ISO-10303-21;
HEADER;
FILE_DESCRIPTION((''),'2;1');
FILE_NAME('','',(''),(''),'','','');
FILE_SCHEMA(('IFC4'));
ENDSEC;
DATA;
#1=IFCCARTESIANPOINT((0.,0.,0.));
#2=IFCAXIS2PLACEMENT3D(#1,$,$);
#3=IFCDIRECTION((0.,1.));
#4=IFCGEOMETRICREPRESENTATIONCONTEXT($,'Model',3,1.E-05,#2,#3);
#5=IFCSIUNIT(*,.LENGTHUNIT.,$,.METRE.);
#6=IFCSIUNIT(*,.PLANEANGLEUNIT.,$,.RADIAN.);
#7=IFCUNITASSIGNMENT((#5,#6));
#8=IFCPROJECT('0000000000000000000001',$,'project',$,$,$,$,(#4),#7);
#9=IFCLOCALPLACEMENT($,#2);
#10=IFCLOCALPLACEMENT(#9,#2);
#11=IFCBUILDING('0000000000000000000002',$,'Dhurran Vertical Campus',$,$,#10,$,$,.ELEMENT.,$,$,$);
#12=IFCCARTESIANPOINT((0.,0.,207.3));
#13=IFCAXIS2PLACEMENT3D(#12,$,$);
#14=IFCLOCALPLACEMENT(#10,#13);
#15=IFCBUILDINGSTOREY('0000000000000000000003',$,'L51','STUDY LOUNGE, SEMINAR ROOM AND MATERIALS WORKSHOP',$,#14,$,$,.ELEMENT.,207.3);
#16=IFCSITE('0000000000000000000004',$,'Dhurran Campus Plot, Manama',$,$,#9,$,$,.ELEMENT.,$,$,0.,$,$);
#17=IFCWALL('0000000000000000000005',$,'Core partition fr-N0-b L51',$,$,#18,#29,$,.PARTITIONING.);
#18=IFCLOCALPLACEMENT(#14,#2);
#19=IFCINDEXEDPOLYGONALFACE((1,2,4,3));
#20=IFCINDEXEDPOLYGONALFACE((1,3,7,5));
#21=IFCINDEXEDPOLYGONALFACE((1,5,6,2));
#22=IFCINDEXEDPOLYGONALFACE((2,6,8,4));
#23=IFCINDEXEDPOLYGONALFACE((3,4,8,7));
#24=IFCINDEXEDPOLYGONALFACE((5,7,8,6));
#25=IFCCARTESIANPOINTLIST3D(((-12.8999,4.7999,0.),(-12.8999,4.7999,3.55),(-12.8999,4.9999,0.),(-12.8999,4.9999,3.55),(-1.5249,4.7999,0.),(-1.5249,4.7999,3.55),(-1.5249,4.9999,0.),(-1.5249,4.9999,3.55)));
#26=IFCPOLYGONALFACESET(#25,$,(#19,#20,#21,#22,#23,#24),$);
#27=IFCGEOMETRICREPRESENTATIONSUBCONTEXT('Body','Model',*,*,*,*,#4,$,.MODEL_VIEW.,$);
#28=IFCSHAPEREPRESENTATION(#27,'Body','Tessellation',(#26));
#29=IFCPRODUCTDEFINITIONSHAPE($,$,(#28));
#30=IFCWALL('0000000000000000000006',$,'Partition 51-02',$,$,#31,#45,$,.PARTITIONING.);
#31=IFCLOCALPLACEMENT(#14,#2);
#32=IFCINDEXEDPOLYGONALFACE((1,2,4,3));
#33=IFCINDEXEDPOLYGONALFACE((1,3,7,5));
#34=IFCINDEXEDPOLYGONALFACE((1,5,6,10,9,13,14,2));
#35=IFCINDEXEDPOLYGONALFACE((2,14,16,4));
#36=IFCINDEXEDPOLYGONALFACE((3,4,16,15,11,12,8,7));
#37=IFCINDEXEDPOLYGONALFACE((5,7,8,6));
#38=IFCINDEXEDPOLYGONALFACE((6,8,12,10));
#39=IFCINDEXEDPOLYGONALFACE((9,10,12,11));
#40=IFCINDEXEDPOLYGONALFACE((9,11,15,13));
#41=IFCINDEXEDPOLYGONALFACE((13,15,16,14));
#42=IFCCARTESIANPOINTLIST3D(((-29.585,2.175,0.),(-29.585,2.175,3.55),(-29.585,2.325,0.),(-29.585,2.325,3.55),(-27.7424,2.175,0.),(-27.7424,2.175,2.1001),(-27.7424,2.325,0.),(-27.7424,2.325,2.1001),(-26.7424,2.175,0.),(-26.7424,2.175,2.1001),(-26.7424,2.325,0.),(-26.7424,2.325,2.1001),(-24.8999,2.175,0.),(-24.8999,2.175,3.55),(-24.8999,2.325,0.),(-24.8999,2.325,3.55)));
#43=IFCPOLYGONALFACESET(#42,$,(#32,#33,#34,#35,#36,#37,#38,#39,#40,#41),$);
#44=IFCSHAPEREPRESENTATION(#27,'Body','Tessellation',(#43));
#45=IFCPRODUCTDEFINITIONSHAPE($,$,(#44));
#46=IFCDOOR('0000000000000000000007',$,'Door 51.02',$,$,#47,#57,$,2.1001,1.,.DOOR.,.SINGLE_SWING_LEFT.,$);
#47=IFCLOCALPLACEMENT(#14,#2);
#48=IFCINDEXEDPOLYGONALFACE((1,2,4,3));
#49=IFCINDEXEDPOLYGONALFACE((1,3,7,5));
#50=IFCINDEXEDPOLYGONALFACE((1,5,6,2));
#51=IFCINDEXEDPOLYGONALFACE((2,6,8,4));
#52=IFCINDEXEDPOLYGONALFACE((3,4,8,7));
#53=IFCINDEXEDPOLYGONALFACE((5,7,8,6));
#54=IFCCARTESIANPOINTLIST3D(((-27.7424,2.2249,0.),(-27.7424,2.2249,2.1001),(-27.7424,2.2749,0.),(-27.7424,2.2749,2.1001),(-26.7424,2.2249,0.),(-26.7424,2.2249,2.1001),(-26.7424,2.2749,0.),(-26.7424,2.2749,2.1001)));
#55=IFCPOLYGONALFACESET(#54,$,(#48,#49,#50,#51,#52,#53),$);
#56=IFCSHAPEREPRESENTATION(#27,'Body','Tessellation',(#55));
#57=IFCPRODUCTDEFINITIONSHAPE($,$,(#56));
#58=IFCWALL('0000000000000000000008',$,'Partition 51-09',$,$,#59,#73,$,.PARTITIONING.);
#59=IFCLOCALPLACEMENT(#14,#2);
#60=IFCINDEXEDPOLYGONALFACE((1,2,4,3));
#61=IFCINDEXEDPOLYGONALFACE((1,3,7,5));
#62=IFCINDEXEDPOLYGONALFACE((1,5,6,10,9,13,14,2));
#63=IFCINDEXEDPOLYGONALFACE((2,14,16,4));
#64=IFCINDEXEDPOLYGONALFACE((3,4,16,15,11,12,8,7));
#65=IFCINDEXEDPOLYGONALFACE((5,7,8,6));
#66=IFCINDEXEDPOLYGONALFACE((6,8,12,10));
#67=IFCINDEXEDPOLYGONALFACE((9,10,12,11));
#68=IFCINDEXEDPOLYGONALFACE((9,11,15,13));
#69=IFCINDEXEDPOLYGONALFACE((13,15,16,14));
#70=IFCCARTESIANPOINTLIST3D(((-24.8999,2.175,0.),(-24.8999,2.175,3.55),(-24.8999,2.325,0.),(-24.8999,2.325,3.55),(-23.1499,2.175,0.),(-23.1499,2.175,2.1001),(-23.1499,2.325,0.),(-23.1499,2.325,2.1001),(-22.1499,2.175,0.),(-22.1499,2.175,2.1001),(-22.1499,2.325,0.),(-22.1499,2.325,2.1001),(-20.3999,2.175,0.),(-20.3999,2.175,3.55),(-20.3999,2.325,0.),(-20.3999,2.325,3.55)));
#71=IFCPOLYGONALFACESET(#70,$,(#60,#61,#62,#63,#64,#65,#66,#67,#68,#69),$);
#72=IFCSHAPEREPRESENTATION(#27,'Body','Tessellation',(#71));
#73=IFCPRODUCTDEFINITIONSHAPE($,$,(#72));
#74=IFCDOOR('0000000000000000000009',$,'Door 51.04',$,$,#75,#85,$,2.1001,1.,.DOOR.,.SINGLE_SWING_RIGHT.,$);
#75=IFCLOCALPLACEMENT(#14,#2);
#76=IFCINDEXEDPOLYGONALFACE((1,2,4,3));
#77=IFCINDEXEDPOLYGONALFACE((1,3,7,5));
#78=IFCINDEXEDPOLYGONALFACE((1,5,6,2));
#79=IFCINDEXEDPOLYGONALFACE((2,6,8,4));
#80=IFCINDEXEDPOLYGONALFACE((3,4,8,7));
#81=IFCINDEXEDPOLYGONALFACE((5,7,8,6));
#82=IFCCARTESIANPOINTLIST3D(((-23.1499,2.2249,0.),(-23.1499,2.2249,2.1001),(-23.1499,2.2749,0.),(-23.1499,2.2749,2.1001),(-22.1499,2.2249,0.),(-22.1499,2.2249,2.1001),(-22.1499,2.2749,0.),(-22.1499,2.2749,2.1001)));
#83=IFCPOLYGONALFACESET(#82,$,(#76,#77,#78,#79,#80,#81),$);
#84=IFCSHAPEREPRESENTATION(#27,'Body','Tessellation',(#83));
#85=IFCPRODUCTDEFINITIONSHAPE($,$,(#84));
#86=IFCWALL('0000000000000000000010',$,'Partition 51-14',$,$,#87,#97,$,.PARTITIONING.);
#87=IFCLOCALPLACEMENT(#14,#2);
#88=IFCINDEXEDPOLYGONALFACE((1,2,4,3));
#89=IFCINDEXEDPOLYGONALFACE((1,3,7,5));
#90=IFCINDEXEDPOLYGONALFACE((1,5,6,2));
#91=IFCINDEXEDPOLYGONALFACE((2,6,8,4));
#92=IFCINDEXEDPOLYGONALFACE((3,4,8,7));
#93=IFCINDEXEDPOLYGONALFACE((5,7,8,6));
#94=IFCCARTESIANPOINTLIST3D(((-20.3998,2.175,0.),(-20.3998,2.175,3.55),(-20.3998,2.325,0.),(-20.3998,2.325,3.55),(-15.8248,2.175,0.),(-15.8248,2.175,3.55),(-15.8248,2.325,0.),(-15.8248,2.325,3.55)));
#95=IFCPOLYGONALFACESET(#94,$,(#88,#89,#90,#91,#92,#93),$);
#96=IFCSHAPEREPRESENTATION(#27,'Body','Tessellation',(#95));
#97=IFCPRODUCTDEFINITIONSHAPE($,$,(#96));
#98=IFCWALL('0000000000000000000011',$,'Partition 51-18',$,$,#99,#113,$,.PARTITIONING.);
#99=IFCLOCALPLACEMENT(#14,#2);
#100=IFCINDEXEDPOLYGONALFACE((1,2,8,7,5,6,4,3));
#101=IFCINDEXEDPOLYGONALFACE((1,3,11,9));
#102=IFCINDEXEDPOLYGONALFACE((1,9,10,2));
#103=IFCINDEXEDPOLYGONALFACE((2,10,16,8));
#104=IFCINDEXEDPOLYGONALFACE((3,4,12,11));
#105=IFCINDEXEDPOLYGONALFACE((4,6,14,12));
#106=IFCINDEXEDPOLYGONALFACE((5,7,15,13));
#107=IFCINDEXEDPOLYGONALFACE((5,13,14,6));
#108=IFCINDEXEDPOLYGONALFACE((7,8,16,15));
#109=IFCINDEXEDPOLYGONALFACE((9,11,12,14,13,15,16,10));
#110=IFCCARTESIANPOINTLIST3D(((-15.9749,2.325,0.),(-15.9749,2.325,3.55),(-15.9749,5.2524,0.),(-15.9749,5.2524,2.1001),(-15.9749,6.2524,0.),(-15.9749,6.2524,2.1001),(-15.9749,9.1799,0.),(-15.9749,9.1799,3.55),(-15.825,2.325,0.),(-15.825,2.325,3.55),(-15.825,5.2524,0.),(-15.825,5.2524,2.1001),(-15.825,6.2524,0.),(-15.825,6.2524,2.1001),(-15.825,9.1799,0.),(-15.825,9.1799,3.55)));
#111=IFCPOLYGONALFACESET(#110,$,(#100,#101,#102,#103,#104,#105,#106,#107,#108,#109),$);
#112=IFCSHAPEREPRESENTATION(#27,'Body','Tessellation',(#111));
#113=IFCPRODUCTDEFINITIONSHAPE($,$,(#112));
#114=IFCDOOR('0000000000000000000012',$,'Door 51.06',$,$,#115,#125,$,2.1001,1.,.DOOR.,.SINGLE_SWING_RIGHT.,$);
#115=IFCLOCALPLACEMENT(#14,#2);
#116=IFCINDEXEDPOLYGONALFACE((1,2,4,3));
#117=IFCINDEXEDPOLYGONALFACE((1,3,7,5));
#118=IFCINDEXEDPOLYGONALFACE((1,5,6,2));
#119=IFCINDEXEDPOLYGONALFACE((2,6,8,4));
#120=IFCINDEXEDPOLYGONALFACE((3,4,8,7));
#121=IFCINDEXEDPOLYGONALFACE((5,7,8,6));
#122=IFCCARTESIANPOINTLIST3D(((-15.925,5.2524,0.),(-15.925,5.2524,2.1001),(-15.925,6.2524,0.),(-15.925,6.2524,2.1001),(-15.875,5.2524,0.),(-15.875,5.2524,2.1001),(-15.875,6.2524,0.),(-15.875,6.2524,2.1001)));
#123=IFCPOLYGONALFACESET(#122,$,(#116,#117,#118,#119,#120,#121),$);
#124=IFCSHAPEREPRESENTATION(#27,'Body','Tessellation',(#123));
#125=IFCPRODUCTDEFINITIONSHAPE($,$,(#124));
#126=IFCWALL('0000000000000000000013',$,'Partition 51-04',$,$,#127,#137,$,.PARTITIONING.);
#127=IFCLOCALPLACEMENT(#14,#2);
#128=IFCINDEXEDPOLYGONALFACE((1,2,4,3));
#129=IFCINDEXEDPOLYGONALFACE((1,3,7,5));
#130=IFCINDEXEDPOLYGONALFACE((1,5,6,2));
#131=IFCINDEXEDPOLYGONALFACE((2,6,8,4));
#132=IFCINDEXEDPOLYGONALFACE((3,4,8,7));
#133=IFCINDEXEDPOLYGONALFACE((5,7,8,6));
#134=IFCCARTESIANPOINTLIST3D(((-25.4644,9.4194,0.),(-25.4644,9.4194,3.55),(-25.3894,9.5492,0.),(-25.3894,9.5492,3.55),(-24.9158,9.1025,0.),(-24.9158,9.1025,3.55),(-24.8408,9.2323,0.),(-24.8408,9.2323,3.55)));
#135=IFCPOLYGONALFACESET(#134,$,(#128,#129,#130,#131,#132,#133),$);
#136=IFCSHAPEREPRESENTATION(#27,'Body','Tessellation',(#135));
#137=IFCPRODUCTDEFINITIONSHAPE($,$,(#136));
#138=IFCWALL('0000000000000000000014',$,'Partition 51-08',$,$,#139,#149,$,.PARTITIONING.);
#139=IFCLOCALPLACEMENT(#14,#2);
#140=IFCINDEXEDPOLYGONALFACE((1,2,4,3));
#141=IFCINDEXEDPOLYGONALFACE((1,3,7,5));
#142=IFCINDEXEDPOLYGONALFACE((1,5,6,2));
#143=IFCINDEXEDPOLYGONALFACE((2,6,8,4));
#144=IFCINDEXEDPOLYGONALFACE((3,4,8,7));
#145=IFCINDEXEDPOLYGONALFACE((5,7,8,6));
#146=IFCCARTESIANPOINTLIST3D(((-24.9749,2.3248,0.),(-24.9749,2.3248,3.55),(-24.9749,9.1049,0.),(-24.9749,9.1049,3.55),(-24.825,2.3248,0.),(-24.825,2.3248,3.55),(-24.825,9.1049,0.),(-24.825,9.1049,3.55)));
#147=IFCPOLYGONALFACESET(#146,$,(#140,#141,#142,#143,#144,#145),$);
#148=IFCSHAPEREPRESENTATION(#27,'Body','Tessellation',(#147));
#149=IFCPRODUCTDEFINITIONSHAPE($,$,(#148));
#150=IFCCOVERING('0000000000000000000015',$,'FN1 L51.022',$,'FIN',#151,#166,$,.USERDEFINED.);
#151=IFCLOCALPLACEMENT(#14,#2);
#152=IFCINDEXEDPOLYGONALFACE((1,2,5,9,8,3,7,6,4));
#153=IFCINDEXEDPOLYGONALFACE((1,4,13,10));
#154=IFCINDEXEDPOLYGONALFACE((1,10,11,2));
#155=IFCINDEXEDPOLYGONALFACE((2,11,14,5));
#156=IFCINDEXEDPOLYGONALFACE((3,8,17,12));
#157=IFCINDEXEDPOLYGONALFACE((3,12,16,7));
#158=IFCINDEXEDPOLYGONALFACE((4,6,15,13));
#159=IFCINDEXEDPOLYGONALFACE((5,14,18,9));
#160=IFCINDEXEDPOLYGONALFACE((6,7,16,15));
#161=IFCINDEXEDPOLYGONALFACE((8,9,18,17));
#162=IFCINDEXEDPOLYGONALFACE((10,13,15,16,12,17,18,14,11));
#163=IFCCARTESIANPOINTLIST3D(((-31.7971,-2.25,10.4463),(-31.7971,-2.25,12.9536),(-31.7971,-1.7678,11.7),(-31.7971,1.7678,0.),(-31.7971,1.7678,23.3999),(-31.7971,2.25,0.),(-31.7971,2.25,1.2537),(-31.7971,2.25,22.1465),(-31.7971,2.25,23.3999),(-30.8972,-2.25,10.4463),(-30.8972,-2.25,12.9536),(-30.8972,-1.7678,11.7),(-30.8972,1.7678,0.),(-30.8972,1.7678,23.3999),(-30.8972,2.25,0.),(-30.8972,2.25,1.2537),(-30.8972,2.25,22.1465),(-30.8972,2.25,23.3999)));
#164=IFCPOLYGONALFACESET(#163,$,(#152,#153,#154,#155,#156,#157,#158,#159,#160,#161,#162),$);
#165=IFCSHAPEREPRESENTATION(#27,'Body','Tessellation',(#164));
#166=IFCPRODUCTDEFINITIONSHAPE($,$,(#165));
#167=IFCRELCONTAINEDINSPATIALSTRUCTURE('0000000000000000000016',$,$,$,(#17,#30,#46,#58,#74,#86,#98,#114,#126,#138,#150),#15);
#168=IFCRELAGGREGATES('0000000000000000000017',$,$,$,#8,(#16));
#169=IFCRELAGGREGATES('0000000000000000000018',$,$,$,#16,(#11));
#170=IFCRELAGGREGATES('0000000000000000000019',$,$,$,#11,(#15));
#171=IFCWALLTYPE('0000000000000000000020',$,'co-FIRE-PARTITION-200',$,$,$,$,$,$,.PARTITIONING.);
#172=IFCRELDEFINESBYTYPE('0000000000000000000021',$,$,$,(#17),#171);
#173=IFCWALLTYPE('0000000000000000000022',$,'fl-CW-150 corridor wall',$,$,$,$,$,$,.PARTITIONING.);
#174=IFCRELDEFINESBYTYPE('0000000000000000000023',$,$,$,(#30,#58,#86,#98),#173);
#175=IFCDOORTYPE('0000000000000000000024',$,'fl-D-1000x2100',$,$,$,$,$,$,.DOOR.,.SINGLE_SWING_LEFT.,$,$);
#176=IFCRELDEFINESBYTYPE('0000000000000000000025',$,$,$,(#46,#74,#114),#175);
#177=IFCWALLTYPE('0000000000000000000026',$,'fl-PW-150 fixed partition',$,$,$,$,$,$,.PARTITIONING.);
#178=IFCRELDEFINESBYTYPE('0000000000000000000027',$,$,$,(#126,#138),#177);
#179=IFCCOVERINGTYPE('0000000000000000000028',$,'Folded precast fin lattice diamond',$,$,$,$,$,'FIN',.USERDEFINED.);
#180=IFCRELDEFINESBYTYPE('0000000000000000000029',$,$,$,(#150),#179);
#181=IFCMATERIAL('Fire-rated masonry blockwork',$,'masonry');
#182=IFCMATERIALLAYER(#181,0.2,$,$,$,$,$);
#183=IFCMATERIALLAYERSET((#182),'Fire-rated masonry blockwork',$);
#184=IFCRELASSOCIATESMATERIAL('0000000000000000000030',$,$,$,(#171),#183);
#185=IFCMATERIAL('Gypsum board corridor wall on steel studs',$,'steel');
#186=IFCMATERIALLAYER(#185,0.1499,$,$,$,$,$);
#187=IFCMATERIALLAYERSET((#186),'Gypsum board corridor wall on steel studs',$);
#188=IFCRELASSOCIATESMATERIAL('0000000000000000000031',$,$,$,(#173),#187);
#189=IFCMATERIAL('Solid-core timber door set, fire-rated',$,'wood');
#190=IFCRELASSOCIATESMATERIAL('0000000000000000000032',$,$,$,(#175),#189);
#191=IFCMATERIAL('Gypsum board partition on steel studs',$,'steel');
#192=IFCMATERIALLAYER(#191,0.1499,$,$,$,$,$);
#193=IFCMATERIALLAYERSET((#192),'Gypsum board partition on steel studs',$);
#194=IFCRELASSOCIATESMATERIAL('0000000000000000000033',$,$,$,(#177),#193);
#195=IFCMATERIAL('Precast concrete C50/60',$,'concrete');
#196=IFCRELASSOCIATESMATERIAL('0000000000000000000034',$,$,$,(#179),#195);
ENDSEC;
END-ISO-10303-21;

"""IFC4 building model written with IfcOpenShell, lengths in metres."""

from ifc_helpers import new_model, si_unit, direction, frame, frame_2d, origin, place, context, subcontext, project, spatial, polyline, rectangle, outline, extrude, material, layer, layer_set, type_object, element, fill, save


model = new_model("IFC4")

# Units and contexts
model_context = context("Model", 3, precision=1e-05, world=origin(), true_north=direction((0.0, 1.0)))
body_context = subcontext(model_context, "Body", "Model", "MODEL_VIEW")
ifc_project = project(units=[si_unit("LENGTHUNIT", "METRE"), si_unit("PLANEANGLEUNIT", "RADIAN")], contexts=[model_context])

# Site, building, storey
site_placement = place(None, origin())
site = spatial("IfcSite", under=ifc_project, at=site_placement, Name="Dhurran Campus Plot, Manama", CompositionType="ELEMENT", RefElevation=0.0)
building_placement = place(site_placement, origin())
building = spatial("IfcBuilding", under=site, at=building_placement, Name="Dhurran Vertical Campus", CompositionType="ELEMENT")
storey_placement = place(building_placement, frame((0.0, 0.0, 207.3)))
storey = spatial("IfcBuildingStorey", under=building, at=storey_placement, Name="L51", Description="STUDY LOUNGE, SEMINAR ROOM AND MATERIALS WORKSHOP", CompositionType="ELEMENT", Elevation=207.3)

# Shared definitions
ifc_material_1 = material(Name="Fire-rated masonry blockwork", Category="masonry")
ifc_layer_1 = layer(ifc_material_1, 0.2)
ifc_layer_set_1 = layer_set([ifc_layer_1], Name="Fire-rated masonry blockwork")
wall_type_1 = type_object("IfcWallType", Name="co-FIRE-PARTITION-200", PredefinedType="PARTITIONING", material=ifc_layer_set_1)

# Wall
wall_1_placement = place(storey_placement, frame((-12.8999, 4.8999, 0.0), z_axis=(0.0, 0.0, 1.0), x_axis=(1.0, 0.0, 0.0)))
element("IfcWall", 1, at=wall_1_placement, inside=storey, type_object=wall_type_1, Name="Core partition fr-N0-b L51", PredefinedType="PARTITIONING", context=body_context, shape_type="SweptSolid", body=[
    extrude(rectangle(XDim=11.375, YDim=0.2, at=frame_2d((5.6875, 0.0))), origin(), (0.0, 0.0, 1.0), 3.55),
])

# Walls, openings, doors
ifc_material_2 = material(Name="Gypsum board corridor wall on steel studs", Category="steel")
ifc_layer_2 = layer(ifc_material_2, 0.1499)
ifc_layer_set_2 = layer_set([ifc_layer_2], Name="Gypsum board corridor wall on steel studs")
wall_type_2 = type_object("IfcWallType", Name="fl-CW-150 corridor wall", PredefinedType="PARTITIONING", material=ifc_layer_set_2)
wall_2_placement = place(storey_placement, frame((-29.585, 2.25, 0.0), z_axis=(0.0, 0.0, 1.0), x_axis=(1.0, 0.0, 0.0)))
wall_2 = element("IfcWall", 2, at=wall_2_placement, inside=storey, type_object=wall_type_2, Name="Partition 51-02", PredefinedType="PARTITIONING", context=body_context, shape_type="SweptSolid", body=[
    extrude(rectangle(XDim=4.6851, YDim=0.1499, at=frame_2d((2.3425, 0.0))), origin(), (0.0, 0.0, 1.0), 3.55),
])
opening_1_placement = place(wall_2_placement, frame((1.8425, 0.0, 0.0)))
opening_1 = element("IfcOpeningElement", 3, at=opening_1_placement, cuts=wall_2, PredefinedType="OPENING", context=body_context, shape_type="SweptSolid", body=[
    extrude(rectangle(XDim=1.0, YDim=2.1001, at=frame_2d((0.5, 1.05))), frame((0.0, 0.085, 0.0), z_axis=(0.0, -1.0, 0.0), x_axis=(1.0, 0.0, 0.0)), (0.0, 0.0, 1.0), 0.1699),
])
ifc_material_3 = material(Name="Solid-core timber door set, fire-rated", Category="wood")
door_type_1 = type_object("IfcDoorType", Name="fl-D-1000x2100", OperationType="SINGLE_SWING_LEFT", PredefinedType="DOOR", material=ifc_material_3)
door_1_placement = place(opening_1_placement, origin())
door_1 = element("IfcDoor", 4, at=door_1_placement, inside=storey, type_object=door_type_1, Name="Door 51.02", OperationType="SINGLE_SWING_LEFT", OverallHeight=2.1001, OverallWidth=1.0, PredefinedType="DOOR", context=body_context, shape_type="SweptSolid", body=[
    extrude(rectangle(XDim=1.0, YDim=2.1001, at=frame_2d((0.5, 1.05))), frame((0.0, 0.0249, 0.0), z_axis=(0.0, -1.0, 0.0), x_axis=(1.0, 0.0, 0.0)), (0.0, 0.0, 1.0), 0.05),
])
fill(opening_1, door_1)
wall_3_placement = place(storey_placement, frame((-24.8999, 2.25, 0.0), z_axis=(0.0, 0.0, 1.0), x_axis=(1.0, 0.0, 0.0)))
wall_3 = element("IfcWall", 5, at=wall_3_placement, inside=storey, type_object=wall_type_2, Name="Partition 51-09", PredefinedType="PARTITIONING", context=body_context, shape_type="SweptSolid", body=[
    extrude(rectangle(XDim=4.5, YDim=0.1499, at=frame_2d((2.25, 0.0))), origin(), (0.0, 0.0, 1.0), 3.55),
])
opening_2_placement = place(wall_3_placement, frame((1.75, 0.0, 0.0)))
opening_2 = element("IfcOpeningElement", 6, at=opening_2_placement, cuts=wall_3, PredefinedType="OPENING", context=body_context, shape_type="SweptSolid", body=[
    extrude(rectangle(XDim=1.0, YDim=2.1001, at=frame_2d((0.5, 1.05))), frame((0.0, 0.085, 0.0), z_axis=(0.0, -1.0, 0.0), x_axis=(1.0, 0.0, 0.0)), (0.0, 0.0, 1.0), 0.1699),
])
door_2_placement = place(opening_2_placement, origin())
door_2 = element("IfcDoor", 7, at=door_2_placement, inside=storey, type_object=door_type_1, Name="Door 51.04", OperationType="SINGLE_SWING_RIGHT", OverallHeight=2.1001, OverallWidth=1.0, PredefinedType="DOOR", context=body_context, shape_type="SweptSolid", body=[
    extrude(rectangle(XDim=1.0, YDim=2.1001, at=frame_2d((0.5, 1.05))), frame((0.0, 0.0249, 0.0), z_axis=(0.0, -1.0, 0.0), x_axis=(1.0, 0.0, 0.0)), (0.0, 0.0, 1.0), 0.05),
])
fill(opening_2, door_2)

# Wall
wall_4_placement = place(storey_placement, frame((-20.3999, 2.25, 0.0), z_axis=(0.0, 0.0, 1.0), x_axis=(1.0, 0.0, 0.0)))
element("IfcWall", 8, at=wall_4_placement, inside=storey, type_object=wall_type_2, Name="Partition 51-14", PredefinedType="PARTITIONING", context=body_context, shape_type="SweptSolid", body=[
    extrude(rectangle(XDim=4.575, YDim=0.1499, at=frame_2d((2.2876, 0.0))), origin(), (0.0, 0.0, 1.0), 3.55),
])

# Wall, opening, door
wall_5_placement = place(storey_placement, frame((-15.8999, 9.1799, 0.0), z_axis=(0.0, 0.0, 1.0), x_axis=(0.0, -1.0, 0.0)))
wall_5 = element("IfcWall", 9, at=wall_5_placement, inside=storey, type_object=wall_type_2, Name="Partition 51-18", PredefinedType="PARTITIONING", context=body_context, shape_type="SweptSolid", body=[
    extrude(rectangle(XDim=6.855, YDim=0.1499, at=frame_2d((3.4275, 0.0))), origin(), (0.0, 0.0, 1.0), 3.55),
])
opening_3_placement = place(wall_5_placement, frame((2.9275, 0.0, 0.0)))
opening_3 = element("IfcOpeningElement", 10, at=opening_3_placement, cuts=wall_5, PredefinedType="OPENING", context=body_context, shape_type="SweptSolid", body=[
    extrude(rectangle(XDim=1.0, YDim=2.1001, at=frame_2d((0.5, 1.05))), frame((0.0, 0.085, 0.0), z_axis=(0.0, -1.0, 0.0), x_axis=(1.0, 0.0, 0.0)), (0.0, 0.0, 1.0), 0.1699),
])
door_3_placement = place(opening_3_placement, origin())
door_3 = element("IfcDoor", 11, at=door_3_placement, inside=storey, type_object=door_type_1, Name="Door 51.06", OperationType="SINGLE_SWING_RIGHT", OverallHeight=2.1001, OverallWidth=1.0, PredefinedType="DOOR", context=body_context, shape_type="SweptSolid", body=[
    extrude(rectangle(XDim=1.0, YDim=2.1001, at=frame_2d((0.5, 1.05))), frame((0.0, 0.0249, 0.0), z_axis=(0.0, -1.0, 0.0), x_axis=(1.0, 0.0, 0.0)), (0.0, 0.0, 1.0), 0.05),
])
fill(opening_3, door_3)

# Walls
ifc_material_4 = material(Name="Gypsum board partition on steel studs", Category="steel")
ifc_layer_3 = layer(ifc_material_4, 0.1499)
ifc_layer_set_3 = layer_set([ifc_layer_3], Name="Gypsum board partition on steel studs")
wall_type_3 = type_object("IfcWallType", Name="fl-PW-150 fixed partition", PredefinedType="PARTITIONING", material=ifc_layer_set_3)
wall_6_placement = place(storey_placement, frame((-25.427, 9.4844, 0.0), z_axis=(0.0, 0.0, 1.0), x_axis=(0.86591, -0.500201, 0.0)))
element("IfcWall", 12, at=wall_6_placement, inside=storey, type_object=wall_type_3, Name="Partition 51-04", PredefinedType="PARTITIONING", context=body_context, shape_type="SweptSolid", body=[
    extrude(rectangle(XDim=0.6335, YDim=0.1499, at=frame_2d((0.3169, 0.0))), origin(), (0.0, 0.0, 1.0), 3.55),
])
wall_7_placement = place(storey_placement, frame((-24.8999, 9.105, 0.0), z_axis=(0.0, 0.0, 1.0), x_axis=(0.0, -1.0, 0.0)))
element("IfcWall", 13, at=wall_7_placement, inside=storey, type_object=wall_type_3, Name="Partition 51-08", PredefinedType="PARTITIONING", context=body_context, shape_type="SweptSolid", body=[
    extrude(rectangle(XDim=6.78, YDim=0.1499, at=frame_2d((3.3901, 0.0))), origin(), (0.0, 0.0, 1.0), 3.55),
])

# Covering
ifc_material_5 = material(Name="Precast concrete C50/60", Category="concrete")
covering_type = type_object("IfcCoveringType", Name="Folded precast fin lattice diamond", ElementType="FIN", PredefinedType="USERDEFINED", material=ifc_material_5)
covering_1_placement = place(storey_placement, frame((-30.8972, 2.25, 0.0), z_axis=(-1.0, 0.0, 0.0), x_axis=(0.0, -1.0, 0.0)))
element("IfcCovering", 14, at=covering_1_placement, inside=storey, type_object=covering_type, Name="FN1 L51.022", ObjectType="FIN", PredefinedType="USERDEFINED", context=body_context, shape_type="SweptSolid", body=[
    extrude(outline(polyline([(4.5, 10.4463), (0.4822, 0.0), (0.0, 0.0), (0.0, 1.2537), (4.0178, 11.7), (0.0, 22.1465), (0.0, 23.3999), (0.4822, 23.3999), (4.5, 12.9536), (4.5, 10.4463)])), origin(), (0.0, 0.0, 1.0), 0.8999),
])

save(model, "model.ifc")
